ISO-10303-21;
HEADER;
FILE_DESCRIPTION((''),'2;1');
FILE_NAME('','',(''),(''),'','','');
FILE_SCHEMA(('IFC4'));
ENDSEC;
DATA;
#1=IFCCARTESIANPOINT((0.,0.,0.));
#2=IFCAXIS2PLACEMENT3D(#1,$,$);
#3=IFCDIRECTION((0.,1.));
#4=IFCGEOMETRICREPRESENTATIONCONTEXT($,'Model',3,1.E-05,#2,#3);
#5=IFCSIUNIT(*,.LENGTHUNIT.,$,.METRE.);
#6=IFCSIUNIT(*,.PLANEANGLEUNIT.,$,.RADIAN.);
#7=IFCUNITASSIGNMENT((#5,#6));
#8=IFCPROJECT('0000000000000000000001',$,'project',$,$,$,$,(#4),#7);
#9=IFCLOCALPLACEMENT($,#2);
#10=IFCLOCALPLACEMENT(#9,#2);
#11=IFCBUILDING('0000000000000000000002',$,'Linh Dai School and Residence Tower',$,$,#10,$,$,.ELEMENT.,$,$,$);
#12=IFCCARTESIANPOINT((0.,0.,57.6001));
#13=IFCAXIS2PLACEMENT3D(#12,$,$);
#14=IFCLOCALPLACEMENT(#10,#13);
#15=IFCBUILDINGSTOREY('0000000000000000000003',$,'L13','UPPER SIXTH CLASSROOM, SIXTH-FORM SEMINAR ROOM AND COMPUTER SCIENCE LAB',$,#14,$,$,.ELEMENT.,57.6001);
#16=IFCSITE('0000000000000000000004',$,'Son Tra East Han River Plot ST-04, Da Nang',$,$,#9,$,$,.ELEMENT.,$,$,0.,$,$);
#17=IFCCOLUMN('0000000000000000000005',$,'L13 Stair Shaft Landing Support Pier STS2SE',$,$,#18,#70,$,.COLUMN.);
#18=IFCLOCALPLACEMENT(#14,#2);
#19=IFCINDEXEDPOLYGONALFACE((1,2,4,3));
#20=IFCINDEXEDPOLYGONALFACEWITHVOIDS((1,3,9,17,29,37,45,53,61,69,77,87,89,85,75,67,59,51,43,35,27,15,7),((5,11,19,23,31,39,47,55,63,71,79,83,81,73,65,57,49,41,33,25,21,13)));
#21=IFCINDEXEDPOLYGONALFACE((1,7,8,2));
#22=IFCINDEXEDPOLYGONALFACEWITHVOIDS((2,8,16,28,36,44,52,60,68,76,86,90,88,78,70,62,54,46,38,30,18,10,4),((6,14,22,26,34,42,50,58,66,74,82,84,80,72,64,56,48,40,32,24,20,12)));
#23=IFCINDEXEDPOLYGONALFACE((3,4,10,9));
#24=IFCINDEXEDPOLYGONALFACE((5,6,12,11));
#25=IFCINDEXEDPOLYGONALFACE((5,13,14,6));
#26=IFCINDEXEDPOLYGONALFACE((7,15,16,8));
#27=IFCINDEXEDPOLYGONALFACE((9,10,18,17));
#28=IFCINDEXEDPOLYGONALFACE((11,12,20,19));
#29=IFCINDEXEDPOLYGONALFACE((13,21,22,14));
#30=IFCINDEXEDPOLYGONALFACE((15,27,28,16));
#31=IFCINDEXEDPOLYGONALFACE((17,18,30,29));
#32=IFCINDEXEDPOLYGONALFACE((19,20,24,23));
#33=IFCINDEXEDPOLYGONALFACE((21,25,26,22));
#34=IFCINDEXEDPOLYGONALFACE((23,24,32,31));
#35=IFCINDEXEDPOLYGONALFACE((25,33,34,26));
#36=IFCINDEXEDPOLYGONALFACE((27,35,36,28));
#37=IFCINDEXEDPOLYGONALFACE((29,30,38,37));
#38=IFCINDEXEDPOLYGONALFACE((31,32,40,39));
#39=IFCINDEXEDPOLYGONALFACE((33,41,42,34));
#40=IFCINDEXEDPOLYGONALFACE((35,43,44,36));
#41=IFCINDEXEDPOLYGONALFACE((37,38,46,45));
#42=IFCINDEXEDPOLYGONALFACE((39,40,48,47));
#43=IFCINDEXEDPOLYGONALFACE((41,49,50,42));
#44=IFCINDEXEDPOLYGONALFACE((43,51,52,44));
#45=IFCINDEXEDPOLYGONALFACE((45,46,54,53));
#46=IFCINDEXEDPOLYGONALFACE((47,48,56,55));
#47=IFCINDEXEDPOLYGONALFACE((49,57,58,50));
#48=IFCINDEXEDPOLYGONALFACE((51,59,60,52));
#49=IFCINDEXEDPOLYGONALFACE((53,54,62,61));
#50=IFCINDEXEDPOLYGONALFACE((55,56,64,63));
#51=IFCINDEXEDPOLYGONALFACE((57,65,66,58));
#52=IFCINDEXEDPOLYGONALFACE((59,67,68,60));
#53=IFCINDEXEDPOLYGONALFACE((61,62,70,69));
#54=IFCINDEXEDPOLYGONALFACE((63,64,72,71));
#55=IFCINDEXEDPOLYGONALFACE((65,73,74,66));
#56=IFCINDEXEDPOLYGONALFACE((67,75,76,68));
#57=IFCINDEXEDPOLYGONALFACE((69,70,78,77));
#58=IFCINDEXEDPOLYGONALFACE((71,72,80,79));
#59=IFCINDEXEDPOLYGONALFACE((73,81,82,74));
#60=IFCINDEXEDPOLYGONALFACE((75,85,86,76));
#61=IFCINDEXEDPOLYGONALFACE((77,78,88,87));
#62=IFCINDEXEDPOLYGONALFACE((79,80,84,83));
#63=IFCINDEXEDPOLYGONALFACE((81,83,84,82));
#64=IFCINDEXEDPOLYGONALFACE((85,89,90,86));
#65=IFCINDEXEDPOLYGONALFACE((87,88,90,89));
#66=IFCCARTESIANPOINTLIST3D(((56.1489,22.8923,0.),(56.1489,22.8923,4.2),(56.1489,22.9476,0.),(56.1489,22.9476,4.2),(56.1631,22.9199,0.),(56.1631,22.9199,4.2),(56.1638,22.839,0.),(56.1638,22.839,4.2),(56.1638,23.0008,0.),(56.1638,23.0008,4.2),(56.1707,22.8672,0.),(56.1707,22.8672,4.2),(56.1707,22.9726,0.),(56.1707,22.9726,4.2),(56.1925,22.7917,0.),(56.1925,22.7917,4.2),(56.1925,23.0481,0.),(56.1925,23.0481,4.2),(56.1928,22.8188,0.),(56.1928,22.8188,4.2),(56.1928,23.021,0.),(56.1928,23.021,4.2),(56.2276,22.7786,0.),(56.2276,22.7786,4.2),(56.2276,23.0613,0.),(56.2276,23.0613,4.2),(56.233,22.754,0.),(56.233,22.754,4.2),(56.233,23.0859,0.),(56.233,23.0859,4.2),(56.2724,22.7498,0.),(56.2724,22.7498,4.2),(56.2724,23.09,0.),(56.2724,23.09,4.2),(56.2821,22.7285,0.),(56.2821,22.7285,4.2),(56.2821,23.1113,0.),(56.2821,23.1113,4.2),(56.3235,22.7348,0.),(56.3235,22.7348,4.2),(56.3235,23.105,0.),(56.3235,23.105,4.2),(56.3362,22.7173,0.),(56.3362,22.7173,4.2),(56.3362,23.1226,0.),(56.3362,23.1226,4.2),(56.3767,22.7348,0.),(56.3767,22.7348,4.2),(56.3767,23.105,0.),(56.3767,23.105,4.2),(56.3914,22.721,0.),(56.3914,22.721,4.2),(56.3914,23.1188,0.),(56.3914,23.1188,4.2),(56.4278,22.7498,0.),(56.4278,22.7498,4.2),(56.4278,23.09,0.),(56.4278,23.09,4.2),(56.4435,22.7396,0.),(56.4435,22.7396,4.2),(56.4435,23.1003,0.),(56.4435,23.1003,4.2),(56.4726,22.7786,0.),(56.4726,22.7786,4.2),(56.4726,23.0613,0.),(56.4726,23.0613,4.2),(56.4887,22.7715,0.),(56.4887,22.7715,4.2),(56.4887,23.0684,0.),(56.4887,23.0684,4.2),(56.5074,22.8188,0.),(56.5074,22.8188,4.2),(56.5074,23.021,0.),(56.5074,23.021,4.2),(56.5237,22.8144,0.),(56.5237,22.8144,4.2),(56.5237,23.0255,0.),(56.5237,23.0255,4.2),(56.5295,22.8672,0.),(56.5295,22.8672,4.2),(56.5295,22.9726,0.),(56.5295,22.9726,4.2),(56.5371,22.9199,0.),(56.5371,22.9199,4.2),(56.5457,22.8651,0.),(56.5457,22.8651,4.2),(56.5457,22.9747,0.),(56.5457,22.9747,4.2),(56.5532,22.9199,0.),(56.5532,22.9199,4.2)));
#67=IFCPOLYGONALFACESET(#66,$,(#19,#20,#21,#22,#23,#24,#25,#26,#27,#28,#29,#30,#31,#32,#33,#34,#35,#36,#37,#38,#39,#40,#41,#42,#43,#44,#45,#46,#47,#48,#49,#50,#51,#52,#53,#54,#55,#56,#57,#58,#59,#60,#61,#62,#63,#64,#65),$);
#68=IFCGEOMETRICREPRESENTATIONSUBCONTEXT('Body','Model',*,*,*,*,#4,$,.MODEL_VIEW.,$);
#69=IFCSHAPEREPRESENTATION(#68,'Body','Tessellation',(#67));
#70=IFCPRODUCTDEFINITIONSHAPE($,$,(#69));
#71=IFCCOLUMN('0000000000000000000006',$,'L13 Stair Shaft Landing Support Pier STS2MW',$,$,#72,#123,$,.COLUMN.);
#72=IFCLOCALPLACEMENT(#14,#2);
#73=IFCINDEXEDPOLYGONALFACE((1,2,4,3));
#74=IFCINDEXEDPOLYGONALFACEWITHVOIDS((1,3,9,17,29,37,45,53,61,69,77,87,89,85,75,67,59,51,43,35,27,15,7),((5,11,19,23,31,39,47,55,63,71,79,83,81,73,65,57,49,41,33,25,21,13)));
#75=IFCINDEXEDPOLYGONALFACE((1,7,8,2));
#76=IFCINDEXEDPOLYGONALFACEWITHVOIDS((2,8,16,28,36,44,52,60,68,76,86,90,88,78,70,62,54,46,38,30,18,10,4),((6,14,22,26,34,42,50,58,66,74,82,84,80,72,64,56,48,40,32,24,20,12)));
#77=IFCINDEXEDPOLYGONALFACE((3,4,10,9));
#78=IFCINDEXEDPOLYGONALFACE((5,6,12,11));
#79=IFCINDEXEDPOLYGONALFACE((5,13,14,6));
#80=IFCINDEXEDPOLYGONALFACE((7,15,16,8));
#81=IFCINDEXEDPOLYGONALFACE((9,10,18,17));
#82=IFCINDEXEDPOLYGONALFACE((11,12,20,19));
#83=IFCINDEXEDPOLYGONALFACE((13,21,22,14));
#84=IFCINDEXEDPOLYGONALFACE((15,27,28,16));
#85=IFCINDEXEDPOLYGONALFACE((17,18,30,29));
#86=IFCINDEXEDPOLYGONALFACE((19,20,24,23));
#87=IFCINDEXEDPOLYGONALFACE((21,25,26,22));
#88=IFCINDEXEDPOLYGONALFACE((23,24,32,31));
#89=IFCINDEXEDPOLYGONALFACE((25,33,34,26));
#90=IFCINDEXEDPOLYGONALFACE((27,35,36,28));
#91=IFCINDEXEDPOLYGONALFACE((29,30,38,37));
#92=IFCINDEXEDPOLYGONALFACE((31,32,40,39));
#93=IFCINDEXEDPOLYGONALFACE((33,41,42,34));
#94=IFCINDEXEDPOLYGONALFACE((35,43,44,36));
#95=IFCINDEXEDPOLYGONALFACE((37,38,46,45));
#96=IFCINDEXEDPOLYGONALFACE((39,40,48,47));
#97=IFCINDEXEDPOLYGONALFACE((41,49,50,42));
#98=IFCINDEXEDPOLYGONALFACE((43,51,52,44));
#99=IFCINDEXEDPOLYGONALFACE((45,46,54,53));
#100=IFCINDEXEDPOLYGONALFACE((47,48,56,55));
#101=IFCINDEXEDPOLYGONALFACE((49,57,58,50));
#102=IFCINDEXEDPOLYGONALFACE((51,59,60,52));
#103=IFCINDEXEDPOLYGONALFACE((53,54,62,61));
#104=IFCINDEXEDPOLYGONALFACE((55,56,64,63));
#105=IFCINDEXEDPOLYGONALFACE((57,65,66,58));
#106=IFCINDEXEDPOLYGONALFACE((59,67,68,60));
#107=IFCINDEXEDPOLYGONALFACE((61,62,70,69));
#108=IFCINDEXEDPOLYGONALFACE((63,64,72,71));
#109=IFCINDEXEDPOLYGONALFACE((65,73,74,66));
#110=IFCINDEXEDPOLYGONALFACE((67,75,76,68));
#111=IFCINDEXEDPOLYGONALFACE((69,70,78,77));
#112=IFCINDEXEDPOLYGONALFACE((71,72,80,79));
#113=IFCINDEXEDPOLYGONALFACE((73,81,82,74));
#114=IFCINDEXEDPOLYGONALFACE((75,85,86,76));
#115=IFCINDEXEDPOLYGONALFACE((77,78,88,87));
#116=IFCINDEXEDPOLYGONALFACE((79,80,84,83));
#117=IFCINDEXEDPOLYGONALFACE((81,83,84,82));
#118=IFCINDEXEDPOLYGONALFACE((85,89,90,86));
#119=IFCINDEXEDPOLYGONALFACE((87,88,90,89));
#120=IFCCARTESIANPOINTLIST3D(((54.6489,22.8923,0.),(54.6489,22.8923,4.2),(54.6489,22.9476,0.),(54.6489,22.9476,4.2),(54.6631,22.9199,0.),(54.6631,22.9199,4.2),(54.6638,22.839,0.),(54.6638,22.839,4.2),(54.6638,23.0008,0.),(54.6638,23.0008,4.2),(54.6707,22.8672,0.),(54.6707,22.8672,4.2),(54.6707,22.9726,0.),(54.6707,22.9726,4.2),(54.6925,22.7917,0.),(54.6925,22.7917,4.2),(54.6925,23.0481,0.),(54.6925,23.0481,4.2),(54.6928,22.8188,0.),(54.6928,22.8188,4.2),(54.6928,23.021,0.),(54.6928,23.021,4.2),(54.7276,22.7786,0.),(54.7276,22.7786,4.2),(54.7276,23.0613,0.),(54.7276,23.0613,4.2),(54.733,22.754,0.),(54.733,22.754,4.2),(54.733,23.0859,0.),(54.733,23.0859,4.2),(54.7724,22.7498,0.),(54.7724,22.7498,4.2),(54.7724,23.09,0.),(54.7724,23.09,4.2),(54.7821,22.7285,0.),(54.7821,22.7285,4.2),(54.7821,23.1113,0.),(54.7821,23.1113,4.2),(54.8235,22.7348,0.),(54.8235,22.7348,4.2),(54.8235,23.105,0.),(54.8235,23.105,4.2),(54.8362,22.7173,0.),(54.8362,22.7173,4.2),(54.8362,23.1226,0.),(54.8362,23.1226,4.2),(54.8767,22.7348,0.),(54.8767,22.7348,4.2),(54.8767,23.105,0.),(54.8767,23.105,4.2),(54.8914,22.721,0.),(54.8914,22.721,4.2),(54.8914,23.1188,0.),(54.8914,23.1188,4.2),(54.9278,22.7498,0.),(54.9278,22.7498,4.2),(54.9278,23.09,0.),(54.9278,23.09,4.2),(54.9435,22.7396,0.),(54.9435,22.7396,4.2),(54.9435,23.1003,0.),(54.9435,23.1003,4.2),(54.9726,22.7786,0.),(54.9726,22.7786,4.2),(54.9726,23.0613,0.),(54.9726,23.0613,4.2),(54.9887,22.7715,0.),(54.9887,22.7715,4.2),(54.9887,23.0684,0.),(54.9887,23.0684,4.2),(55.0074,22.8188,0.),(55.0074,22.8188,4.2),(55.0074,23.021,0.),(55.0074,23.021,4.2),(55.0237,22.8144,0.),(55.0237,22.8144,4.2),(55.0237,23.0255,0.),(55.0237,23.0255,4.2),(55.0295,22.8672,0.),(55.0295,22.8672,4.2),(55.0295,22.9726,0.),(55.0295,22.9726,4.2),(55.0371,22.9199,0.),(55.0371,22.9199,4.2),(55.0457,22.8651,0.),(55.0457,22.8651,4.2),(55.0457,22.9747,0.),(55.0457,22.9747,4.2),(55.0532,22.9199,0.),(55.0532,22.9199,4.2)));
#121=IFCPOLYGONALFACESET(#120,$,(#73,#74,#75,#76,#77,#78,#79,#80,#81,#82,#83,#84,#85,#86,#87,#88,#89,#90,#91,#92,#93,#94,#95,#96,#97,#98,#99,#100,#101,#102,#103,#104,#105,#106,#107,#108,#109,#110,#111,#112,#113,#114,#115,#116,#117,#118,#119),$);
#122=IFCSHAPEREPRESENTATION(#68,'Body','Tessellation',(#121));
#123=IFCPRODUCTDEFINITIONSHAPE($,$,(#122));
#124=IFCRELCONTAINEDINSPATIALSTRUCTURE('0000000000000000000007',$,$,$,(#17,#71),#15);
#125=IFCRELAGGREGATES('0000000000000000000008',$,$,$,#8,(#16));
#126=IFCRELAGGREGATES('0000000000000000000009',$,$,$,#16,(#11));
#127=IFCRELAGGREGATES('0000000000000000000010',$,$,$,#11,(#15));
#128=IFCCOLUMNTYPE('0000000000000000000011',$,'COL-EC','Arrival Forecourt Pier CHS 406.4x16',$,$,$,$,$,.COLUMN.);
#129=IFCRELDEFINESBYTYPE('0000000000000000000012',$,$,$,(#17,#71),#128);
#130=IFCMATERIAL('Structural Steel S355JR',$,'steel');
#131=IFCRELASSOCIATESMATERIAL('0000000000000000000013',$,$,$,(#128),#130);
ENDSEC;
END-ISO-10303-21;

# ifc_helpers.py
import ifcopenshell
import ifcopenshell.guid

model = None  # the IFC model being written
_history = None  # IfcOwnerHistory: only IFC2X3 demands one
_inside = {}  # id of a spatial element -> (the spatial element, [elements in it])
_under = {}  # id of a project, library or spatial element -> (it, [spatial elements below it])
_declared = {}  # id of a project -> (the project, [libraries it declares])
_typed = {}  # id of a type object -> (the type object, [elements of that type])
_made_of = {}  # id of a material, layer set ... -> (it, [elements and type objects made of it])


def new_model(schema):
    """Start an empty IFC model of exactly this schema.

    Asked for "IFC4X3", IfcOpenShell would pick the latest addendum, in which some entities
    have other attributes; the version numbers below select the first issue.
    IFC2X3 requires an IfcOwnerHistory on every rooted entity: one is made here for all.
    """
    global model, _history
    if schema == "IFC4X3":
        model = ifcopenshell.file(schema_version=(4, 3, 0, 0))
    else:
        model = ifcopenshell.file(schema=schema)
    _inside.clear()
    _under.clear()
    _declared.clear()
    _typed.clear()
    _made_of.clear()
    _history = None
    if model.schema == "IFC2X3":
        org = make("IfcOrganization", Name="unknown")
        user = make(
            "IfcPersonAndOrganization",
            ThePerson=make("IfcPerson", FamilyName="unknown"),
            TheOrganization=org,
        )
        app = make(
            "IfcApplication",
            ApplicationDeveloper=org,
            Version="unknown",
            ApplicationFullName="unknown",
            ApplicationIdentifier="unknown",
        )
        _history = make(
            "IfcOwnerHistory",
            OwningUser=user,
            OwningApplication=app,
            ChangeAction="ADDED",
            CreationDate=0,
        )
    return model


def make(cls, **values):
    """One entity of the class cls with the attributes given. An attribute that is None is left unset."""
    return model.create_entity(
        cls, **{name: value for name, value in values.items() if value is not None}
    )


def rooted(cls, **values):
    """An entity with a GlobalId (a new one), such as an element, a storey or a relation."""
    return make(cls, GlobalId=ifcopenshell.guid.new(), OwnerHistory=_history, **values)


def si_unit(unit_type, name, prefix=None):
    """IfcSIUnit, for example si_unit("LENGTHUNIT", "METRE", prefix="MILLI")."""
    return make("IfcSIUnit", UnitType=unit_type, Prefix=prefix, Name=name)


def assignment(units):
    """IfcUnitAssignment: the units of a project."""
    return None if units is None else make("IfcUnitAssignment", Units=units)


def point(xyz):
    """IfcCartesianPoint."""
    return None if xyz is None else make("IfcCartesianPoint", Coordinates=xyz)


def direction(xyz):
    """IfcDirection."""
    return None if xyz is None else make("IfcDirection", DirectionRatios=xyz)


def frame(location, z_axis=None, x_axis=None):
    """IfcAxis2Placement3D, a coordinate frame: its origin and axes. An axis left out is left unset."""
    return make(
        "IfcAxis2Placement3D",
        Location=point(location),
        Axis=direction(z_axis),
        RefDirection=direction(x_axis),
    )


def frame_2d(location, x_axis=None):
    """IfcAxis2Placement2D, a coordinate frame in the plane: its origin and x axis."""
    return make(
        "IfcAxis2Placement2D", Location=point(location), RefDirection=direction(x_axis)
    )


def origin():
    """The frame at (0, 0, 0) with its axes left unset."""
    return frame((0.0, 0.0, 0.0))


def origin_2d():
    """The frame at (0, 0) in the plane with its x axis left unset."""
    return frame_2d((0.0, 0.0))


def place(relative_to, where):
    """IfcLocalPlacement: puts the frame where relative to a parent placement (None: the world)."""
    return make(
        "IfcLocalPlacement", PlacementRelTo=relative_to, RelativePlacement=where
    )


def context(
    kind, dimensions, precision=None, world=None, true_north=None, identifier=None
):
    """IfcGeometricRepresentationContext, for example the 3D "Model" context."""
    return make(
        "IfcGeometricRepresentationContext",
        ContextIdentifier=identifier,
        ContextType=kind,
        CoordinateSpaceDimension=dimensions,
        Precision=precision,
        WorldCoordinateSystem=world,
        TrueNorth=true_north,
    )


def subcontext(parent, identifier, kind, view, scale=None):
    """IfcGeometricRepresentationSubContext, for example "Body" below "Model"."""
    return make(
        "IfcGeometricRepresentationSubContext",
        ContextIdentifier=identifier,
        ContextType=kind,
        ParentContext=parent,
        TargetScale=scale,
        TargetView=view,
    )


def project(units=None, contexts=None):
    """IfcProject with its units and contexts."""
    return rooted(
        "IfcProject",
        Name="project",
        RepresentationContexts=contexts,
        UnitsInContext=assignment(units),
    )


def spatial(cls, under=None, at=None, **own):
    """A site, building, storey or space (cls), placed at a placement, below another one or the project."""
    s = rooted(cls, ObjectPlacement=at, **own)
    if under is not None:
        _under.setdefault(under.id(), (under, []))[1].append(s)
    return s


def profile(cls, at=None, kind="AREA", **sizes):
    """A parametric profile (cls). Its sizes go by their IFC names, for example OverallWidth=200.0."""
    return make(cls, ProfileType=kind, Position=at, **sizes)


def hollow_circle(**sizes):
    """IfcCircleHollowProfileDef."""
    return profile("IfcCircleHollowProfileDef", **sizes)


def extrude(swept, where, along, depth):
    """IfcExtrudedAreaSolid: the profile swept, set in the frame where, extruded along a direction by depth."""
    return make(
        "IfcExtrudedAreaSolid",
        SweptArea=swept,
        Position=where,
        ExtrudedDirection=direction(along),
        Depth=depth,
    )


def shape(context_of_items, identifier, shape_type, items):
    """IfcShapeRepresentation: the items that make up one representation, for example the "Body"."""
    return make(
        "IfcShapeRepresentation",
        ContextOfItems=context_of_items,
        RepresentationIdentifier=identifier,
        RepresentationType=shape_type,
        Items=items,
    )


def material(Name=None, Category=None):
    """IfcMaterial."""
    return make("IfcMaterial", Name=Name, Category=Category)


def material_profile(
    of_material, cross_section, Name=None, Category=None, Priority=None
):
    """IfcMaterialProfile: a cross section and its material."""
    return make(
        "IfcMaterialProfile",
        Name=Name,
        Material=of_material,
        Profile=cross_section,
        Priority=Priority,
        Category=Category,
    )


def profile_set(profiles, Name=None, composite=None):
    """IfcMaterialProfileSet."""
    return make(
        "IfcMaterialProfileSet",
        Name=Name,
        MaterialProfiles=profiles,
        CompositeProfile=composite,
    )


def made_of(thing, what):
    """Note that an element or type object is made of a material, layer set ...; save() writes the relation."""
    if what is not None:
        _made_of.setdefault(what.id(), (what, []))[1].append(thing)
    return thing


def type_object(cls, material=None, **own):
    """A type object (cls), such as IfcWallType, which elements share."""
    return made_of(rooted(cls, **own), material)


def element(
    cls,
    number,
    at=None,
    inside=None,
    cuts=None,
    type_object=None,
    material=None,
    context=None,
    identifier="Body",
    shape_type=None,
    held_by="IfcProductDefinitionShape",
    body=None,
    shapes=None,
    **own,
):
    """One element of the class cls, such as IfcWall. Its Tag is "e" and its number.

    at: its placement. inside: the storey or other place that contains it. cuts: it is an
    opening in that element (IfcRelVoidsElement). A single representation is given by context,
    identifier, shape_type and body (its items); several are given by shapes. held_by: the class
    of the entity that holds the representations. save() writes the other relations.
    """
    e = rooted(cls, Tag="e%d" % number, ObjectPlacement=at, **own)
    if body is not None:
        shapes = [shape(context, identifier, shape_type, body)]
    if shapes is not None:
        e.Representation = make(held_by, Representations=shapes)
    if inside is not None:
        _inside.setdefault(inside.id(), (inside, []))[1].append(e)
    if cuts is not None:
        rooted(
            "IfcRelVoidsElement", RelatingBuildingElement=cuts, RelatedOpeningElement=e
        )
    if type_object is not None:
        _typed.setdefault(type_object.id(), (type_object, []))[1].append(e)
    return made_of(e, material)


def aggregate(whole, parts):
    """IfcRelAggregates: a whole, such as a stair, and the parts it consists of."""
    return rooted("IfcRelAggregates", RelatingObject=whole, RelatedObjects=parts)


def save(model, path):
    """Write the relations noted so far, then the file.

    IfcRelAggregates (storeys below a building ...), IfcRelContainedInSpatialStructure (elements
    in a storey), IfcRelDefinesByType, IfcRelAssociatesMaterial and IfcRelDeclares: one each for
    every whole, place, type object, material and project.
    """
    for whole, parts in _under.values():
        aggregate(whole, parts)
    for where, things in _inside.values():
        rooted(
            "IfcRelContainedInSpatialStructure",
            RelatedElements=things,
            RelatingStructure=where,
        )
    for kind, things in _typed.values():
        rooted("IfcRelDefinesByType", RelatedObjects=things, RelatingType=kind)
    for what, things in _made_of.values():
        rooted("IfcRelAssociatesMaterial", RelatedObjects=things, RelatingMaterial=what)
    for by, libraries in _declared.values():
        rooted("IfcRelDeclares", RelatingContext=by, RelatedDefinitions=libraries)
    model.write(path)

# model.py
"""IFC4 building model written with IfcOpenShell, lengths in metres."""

from ifc_helpers import new_model, si_unit, direction, frame, origin, origin_2d, place, context, subcontext, project, spatial, hollow_circle, extrude, material, material_profile, profile_set, type_object, element, save


model = new_model("IFC4")

# Units and contexts
model_context = context("Model", 3, precision=1e-05, world=origin(), true_north=direction((0.0, 1.0)))
body_context = subcontext(model_context, "Body", "Model", "MODEL_VIEW")
ifc_project = project(units=[si_unit("LENGTHUNIT", "METRE"), si_unit("PLANEANGLEUNIT", "RADIAN")], contexts=[model_context])

# Site, building, storey
site_placement = place(None, origin())
site = spatial("IfcSite", under=ifc_project, at=site_placement, Name="Son Tra East Han River Plot ST-04, Da Nang", CompositionType="ELEMENT", RefElevation=0.0)
building_placement = place(site_placement, origin())
building = spatial("IfcBuilding", under=site, at=building_placement, Name="Linh Dai School and Residence Tower", CompositionType="ELEMENT")
storey_placement = place(building_placement, frame((0.0, 0.0, 57.6001)))
storey = spatial("IfcBuildingStorey", under=building, at=storey_placement, Name="L13", Description="UPPER SIXTH CLASSROOM, SIXTH-FORM SEMINAR ROOM AND COMPUTER SCIENCE LAB", CompositionType="ELEMENT", Elevation=57.6001)

# Columns
ifc_material_1 = material(Name="Structural Steel S355JR", Category="steel")
ifc_material_profile_1 = material_profile(ifc_material_1, hollow_circle(Radius=0.2031, WallThickness=0.0161, at=origin_2d()), Name="CHS 406.4x16")
ifc_profile_set_1 = profile_set([ifc_material_profile_1], Name="Structural Steel S355JR")
column_type_1 = type_object("IfcColumnType", Name="COL-EC", Description="Arrival Forecourt Pier CHS 406.4x16", PredefinedType="COLUMN", material=ifc_profile_set_1)
for number, where, z_axis, x_axis, name in (
    (1, (56.3501, 22.9199, 0.0), (0.0, 0.0, 1.0), (1.0, 0.0, 0.0), "L13 Stair Shaft Landing Support Pier STS2SE"),
    (2, (54.8501, 22.9199, 0.0), (0.0, 0.0, 1.0), (1.0, 0.0, 0.0), "L13 Stair Shaft Landing Support Pier STS2MW"),
):
    element("IfcColumn", number, at=place(storey_placement, frame(where, z_axis=z_axis, x_axis=x_axis)), inside=storey, type_object=column_type_1, Name=name, PredefinedType="COLUMN", context=body_context, shape_type="SweptSolid", body=[
        extrude(hollow_circle(Radius=0.2031, WallThickness=0.0161, at=origin_2d()), origin(), (0.0, 0.0, 1.0), 4.2),
    ])

save(model, "model.ifc")
